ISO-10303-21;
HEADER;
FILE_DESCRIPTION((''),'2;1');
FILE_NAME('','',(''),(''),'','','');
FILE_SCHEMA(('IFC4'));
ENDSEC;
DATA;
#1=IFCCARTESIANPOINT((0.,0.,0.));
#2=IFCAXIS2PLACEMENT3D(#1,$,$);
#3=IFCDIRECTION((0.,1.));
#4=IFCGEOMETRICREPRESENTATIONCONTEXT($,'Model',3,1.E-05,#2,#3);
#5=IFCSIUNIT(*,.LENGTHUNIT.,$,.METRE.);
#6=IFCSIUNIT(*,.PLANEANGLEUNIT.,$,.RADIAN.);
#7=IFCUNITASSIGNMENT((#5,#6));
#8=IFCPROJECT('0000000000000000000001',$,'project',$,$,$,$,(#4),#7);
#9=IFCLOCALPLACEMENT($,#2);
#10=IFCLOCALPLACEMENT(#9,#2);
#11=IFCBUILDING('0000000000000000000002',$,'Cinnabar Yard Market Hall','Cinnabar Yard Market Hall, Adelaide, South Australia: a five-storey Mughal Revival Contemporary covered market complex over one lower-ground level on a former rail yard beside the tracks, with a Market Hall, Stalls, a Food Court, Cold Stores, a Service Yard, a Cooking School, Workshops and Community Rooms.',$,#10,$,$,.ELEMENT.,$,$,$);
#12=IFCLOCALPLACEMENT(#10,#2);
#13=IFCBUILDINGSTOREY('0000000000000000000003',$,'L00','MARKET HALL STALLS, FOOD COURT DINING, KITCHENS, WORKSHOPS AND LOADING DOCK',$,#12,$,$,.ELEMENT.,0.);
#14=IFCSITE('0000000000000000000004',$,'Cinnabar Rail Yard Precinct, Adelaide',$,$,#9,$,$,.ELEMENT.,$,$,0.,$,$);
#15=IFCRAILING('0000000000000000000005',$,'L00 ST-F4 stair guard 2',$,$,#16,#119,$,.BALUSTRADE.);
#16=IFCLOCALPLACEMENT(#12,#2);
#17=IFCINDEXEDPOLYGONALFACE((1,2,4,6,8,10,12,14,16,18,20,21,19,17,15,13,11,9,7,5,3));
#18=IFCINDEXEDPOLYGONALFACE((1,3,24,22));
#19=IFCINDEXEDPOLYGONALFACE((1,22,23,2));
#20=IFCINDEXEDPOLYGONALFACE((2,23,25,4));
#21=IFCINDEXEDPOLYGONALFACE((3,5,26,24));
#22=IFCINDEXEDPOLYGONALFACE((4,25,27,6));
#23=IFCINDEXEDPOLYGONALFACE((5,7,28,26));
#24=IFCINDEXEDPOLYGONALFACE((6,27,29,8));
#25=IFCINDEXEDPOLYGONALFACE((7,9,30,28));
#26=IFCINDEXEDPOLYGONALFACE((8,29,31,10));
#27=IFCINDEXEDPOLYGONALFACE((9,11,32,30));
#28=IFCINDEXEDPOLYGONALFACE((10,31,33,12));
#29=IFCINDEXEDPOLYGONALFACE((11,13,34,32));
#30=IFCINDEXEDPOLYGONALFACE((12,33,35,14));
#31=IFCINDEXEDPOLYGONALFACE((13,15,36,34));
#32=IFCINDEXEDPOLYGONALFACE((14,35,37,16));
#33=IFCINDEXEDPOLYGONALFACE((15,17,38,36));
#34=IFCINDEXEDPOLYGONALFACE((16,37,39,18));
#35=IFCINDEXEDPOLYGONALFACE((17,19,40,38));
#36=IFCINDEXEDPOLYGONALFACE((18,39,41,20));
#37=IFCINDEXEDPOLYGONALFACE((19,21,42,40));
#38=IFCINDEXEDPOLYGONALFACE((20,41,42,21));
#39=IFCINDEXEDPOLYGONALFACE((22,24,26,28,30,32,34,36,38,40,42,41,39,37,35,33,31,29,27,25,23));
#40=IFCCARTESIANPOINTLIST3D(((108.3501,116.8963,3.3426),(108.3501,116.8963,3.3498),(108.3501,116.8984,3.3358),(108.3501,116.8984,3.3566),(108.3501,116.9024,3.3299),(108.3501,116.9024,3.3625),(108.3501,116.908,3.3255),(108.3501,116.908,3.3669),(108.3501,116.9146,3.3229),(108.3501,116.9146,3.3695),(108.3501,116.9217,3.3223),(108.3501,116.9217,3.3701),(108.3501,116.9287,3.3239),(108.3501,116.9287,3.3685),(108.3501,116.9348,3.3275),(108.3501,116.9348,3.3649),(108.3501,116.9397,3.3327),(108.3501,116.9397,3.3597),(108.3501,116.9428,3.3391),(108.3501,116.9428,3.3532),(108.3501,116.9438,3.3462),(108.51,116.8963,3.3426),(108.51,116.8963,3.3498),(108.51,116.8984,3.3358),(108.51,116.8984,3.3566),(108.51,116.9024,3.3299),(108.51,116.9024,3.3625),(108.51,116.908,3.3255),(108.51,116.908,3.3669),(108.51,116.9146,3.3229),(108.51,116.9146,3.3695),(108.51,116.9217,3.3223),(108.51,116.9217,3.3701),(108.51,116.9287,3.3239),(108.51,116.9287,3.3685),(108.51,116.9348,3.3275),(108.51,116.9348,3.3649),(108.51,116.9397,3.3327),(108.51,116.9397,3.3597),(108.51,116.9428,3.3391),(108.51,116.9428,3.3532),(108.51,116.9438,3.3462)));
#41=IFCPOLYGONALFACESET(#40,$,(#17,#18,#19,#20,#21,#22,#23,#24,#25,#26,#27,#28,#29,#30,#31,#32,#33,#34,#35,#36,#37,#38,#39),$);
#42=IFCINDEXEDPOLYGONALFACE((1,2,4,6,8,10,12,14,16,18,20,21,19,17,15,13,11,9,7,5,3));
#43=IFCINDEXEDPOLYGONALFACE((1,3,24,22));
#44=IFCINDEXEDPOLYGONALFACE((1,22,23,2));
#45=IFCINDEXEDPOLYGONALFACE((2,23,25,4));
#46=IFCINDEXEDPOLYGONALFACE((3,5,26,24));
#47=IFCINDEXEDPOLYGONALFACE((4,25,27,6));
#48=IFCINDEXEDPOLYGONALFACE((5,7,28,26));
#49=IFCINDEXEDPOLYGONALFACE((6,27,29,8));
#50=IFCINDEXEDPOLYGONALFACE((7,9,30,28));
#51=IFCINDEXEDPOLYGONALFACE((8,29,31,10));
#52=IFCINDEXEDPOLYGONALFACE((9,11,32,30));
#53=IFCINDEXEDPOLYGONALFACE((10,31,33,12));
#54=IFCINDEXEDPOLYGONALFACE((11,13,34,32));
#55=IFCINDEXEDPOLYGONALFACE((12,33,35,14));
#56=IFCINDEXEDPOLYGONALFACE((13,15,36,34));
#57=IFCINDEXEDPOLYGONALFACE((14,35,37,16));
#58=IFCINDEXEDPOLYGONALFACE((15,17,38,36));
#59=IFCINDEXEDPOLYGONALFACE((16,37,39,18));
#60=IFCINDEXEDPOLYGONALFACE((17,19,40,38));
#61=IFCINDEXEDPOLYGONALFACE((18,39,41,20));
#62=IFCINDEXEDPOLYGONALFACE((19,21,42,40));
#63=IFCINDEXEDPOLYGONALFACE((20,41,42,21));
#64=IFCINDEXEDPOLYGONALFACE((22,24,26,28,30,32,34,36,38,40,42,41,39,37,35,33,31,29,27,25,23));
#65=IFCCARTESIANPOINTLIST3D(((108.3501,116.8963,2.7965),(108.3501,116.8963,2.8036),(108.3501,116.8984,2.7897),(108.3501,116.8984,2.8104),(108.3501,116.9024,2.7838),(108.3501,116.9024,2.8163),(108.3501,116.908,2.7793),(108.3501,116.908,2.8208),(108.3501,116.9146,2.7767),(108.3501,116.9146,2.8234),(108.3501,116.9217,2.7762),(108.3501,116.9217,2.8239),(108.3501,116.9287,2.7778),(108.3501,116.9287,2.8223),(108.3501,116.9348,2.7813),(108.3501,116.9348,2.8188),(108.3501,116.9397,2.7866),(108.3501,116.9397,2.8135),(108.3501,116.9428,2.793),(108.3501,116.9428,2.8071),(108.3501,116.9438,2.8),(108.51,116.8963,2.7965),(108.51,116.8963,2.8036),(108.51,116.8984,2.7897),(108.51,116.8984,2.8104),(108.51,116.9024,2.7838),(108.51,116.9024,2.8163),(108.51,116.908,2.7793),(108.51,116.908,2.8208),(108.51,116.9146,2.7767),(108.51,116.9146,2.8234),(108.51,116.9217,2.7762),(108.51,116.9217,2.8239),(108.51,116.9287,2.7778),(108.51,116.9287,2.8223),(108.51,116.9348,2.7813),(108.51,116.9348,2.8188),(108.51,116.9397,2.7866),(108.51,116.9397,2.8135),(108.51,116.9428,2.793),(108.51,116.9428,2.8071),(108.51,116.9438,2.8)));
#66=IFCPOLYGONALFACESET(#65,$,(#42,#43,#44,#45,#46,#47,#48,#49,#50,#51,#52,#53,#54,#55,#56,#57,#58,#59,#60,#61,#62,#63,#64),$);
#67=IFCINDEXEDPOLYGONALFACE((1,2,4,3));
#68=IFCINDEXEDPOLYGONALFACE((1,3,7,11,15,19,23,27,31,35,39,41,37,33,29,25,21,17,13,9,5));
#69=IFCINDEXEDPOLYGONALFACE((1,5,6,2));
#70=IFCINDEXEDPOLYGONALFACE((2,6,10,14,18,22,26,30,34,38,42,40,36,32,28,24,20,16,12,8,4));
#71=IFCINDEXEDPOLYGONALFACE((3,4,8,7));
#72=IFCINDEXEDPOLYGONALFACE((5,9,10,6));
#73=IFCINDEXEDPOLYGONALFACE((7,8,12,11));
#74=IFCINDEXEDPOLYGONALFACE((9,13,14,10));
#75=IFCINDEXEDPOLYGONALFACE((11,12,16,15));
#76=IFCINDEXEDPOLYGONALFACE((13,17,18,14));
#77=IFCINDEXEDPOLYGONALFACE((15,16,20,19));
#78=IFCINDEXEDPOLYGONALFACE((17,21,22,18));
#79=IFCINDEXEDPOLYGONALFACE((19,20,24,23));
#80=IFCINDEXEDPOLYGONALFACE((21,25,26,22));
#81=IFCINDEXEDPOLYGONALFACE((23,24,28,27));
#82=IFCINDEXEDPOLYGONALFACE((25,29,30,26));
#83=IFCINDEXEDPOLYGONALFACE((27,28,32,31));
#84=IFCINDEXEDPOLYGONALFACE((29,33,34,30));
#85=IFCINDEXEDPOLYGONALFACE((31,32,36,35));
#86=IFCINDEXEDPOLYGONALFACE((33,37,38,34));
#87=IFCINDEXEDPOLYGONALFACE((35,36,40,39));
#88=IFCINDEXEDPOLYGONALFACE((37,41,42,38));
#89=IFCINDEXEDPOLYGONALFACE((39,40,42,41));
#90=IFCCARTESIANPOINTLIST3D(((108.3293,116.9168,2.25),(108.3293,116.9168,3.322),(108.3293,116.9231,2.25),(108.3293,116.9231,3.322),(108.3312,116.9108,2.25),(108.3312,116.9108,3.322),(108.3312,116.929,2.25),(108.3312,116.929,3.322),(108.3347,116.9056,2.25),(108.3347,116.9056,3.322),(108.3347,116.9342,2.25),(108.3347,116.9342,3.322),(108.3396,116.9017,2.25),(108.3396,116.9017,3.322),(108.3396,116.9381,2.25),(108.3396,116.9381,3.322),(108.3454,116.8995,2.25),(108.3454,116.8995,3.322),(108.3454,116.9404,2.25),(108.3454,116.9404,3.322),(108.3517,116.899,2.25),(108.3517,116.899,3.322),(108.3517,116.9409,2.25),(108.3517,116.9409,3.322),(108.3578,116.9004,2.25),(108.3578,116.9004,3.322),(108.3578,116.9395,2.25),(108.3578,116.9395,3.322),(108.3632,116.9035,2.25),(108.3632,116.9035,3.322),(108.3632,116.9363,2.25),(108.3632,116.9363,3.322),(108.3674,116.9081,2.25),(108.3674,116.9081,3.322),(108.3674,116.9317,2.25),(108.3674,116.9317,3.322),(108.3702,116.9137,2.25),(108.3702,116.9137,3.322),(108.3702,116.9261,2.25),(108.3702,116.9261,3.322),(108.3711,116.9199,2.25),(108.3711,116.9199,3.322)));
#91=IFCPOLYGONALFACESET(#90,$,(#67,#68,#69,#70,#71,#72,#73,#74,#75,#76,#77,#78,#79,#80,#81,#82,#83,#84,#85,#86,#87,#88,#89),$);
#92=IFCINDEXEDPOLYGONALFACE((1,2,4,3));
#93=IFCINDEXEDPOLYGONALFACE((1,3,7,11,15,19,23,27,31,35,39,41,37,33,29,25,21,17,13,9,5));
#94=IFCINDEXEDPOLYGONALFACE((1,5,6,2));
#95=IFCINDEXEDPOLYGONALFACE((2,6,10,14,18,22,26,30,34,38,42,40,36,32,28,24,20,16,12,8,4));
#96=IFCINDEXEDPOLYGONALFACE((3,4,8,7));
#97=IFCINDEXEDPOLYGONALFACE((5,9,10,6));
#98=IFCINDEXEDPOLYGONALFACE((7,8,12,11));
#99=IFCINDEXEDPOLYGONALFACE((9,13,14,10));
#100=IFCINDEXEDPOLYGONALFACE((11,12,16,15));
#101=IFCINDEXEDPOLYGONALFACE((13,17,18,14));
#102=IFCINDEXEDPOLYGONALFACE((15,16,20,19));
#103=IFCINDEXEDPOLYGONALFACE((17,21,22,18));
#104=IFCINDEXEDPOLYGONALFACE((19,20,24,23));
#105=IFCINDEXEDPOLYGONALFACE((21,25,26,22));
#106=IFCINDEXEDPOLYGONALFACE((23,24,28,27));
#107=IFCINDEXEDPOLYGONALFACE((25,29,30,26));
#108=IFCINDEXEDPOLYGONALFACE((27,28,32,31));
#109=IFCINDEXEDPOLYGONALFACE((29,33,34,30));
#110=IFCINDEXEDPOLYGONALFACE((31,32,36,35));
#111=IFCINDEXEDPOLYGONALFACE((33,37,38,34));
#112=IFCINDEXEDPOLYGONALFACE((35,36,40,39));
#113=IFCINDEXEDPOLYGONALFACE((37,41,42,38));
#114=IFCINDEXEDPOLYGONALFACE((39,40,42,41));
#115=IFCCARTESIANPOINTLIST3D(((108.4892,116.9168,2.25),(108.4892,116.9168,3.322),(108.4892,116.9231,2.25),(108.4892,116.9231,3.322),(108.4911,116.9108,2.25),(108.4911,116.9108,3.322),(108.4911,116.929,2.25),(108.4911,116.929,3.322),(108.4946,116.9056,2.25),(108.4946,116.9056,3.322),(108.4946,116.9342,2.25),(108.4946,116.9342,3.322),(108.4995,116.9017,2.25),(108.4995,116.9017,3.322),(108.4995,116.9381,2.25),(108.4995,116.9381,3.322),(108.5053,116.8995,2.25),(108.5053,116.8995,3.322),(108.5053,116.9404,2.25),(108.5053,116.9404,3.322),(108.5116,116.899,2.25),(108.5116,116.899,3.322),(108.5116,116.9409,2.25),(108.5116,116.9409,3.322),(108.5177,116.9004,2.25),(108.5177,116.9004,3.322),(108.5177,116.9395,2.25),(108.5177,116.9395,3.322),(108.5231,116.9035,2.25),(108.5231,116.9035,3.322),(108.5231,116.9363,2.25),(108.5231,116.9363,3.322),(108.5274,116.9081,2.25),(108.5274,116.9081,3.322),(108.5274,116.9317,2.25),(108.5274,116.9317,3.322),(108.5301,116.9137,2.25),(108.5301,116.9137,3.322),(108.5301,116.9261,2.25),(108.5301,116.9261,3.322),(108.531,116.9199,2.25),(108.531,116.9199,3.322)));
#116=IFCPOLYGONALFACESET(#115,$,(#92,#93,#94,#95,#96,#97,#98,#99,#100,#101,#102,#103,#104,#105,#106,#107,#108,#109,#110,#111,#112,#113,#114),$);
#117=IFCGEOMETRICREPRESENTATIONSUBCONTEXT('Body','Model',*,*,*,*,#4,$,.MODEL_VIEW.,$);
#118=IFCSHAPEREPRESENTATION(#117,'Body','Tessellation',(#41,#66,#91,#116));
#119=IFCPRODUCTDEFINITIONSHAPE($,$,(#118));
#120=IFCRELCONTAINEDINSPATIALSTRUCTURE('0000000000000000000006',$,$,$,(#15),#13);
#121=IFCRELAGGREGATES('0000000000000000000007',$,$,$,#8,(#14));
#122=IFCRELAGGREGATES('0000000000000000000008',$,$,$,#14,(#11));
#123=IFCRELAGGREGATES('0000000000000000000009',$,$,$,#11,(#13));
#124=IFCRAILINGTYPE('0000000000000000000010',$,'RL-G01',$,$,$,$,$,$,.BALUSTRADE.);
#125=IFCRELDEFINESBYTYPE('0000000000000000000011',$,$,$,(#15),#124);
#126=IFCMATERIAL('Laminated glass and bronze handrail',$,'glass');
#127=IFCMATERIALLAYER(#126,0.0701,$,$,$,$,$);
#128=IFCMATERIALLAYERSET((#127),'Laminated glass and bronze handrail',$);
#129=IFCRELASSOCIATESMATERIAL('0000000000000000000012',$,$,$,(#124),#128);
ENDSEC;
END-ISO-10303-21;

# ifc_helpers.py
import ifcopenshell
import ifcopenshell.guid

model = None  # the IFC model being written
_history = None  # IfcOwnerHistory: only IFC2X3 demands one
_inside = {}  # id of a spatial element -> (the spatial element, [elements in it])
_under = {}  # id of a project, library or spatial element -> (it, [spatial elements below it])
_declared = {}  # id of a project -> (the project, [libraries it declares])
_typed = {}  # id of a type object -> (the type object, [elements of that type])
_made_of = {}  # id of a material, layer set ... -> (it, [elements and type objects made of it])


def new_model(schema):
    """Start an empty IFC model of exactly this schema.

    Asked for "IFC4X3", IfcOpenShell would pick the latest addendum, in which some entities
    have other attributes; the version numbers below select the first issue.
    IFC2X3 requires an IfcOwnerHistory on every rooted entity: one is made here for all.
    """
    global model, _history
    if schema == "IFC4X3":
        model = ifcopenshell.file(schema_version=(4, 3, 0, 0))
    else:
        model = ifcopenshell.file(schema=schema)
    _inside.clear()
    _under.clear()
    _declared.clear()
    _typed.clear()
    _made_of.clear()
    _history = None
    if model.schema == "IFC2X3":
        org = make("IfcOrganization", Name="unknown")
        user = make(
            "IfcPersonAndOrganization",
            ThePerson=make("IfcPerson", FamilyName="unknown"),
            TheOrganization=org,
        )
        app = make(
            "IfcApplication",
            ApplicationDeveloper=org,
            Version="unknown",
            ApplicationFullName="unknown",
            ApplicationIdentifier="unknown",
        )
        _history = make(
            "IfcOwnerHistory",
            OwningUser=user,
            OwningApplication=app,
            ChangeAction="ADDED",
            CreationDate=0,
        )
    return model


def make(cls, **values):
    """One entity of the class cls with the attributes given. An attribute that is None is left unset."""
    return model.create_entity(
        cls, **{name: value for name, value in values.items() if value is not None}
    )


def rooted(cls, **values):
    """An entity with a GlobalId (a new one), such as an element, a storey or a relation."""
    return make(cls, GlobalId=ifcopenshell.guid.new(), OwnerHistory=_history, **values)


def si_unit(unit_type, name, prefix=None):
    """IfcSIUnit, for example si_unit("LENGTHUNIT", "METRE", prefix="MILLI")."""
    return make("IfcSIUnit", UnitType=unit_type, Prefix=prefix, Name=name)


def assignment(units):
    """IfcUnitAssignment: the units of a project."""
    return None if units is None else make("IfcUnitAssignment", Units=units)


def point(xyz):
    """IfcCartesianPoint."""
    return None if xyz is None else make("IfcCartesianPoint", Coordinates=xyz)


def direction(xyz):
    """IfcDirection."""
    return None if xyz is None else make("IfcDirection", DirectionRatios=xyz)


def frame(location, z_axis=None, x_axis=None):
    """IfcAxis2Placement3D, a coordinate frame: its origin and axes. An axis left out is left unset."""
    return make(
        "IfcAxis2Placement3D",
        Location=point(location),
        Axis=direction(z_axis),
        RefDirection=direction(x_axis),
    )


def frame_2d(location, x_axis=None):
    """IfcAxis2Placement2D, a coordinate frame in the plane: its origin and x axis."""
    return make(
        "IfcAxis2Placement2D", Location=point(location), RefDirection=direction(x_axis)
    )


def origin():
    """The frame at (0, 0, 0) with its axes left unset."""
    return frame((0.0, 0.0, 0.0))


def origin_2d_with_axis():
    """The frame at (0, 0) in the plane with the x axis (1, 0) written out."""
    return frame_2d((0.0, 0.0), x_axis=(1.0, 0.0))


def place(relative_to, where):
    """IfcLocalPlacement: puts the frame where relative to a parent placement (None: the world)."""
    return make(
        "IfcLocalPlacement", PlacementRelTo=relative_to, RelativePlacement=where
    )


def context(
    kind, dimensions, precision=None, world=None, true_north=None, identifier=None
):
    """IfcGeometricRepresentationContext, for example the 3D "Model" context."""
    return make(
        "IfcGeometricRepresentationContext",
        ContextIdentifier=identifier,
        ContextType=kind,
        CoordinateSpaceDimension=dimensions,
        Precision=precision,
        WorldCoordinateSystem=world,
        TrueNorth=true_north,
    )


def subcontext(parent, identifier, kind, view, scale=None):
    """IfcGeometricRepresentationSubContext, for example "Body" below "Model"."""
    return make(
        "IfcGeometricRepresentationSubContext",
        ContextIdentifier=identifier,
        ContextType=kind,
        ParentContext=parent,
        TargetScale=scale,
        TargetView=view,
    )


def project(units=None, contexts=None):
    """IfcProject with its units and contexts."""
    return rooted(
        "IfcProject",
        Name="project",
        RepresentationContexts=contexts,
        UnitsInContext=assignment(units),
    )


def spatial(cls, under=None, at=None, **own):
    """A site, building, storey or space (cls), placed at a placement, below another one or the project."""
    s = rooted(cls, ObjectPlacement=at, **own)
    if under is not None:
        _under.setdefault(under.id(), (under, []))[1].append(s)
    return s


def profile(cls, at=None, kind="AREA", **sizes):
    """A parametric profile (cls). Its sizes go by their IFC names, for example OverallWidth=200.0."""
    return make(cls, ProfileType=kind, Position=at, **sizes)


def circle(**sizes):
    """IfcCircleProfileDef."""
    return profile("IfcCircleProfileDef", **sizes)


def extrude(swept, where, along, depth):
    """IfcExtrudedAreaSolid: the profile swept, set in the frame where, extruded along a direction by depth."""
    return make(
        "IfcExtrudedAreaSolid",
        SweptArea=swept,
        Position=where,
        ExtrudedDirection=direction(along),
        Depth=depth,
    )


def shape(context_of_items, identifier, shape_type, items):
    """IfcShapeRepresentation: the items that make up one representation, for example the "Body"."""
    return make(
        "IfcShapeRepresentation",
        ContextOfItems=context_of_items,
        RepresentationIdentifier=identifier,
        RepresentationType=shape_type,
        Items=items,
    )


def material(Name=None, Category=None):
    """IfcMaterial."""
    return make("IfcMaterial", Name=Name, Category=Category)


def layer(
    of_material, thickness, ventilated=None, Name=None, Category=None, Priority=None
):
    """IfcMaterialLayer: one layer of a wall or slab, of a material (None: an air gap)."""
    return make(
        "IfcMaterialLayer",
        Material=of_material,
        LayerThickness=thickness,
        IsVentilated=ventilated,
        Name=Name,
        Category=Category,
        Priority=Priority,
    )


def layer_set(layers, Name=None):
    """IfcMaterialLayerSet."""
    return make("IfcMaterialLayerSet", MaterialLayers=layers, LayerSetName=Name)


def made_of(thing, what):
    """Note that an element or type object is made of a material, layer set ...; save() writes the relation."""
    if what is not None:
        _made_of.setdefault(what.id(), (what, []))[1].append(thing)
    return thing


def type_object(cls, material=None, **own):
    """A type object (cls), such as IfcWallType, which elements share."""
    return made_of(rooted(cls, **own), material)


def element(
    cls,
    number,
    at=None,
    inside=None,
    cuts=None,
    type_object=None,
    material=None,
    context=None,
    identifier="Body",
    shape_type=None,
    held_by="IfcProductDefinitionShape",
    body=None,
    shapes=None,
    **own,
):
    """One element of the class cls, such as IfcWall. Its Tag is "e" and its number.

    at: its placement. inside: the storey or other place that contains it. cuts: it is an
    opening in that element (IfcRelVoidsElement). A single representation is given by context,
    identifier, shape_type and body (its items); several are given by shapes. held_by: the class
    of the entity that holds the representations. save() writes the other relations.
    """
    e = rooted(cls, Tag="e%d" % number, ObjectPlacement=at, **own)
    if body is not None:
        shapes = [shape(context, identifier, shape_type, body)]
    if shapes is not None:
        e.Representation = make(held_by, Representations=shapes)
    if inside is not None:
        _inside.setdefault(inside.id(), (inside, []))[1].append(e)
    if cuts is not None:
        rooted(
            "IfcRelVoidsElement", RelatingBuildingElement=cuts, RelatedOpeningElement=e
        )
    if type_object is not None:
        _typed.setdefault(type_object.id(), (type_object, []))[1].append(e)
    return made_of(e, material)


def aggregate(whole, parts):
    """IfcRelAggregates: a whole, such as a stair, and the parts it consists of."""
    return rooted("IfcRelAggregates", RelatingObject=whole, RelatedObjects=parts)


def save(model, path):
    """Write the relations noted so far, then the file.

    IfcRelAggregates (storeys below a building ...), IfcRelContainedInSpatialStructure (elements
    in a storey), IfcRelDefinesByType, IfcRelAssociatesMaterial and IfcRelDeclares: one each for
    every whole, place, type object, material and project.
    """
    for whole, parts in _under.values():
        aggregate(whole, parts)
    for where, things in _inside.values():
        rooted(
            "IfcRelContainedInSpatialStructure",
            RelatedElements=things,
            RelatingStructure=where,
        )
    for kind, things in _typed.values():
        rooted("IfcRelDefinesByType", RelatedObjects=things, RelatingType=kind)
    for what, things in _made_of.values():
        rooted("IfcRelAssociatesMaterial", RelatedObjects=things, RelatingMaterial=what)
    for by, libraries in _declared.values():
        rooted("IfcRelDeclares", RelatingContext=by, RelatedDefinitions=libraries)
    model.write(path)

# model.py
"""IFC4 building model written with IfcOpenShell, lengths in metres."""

from ifc_helpers import new_model, si_unit, direction, frame, origin, origin_2d_with_axis, place, context, subcontext, project, spatial, circle, extrude, material, layer, layer_set, type_object, element, save


model = new_model("IFC4")

# Units and contexts
model_context = context("Model", 3, precision=1e-05, world=origin(), true_north=direction((0.0, 1.0)))
body_context = subcontext(model_context, "Body", "Model", "MODEL_VIEW")
ifc_project = project(units=[si_unit("LENGTHUNIT", "METRE"), si_unit("PLANEANGLEUNIT", "RADIAN")], contexts=[model_context])

# Site, building, storey
site_placement = place(None, origin())
site = spatial("IfcSite", under=ifc_project, at=site_placement, Name="Cinnabar Rail Yard Precinct, Adelaide", CompositionType="ELEMENT", RefElevation=0.0)
building_placement = place(site_placement, origin())
building = spatial("IfcBuilding", under=site, at=building_placement, Name="Cinnabar Yard Market Hall", Description="Cinnabar Yard Market Hall, Adelaide, South Australia: a five-storey Mughal Revival Contemporary covered market complex over one lower-ground level on a former rail yard beside the tracks, with a Market Hall, Stalls, a Food Court, Cold Stores, a Service Yard, a Cooking School, Workshops and Community Rooms.", CompositionType="ELEMENT")
storey_placement = place(building_placement, origin())
storey = spatial("IfcBuildingStorey", under=building, at=storey_placement, Name="L00", Description="MARKET HALL STALLS, FOOD COURT DINING, KITCHENS, WORKSHOPS AND LOADING DOCK", CompositionType="ELEMENT", Elevation=0.0)

# Railing
ifc_material_1 = material(Name="Laminated glass and bronze handrail", Category="glass")
ifc_layer_1 = layer(ifc_material_1, 0.0701)
ifc_layer_set_1 = layer_set([ifc_layer_1], Name="Laminated glass and bronze handrail")
railing_type_1 = type_object("IfcRailingType", Name="RL-G01", PredefinedType="BALUSTRADE", material=ifc_layer_set_1)
railing_1_placement = place(storey_placement, frame((108.3501, 116.9199, 2.25)))
element("IfcRailing", 1, at=railing_1_placement, inside=storey, type_object=railing_type_1, Name="L00 ST-F4 stair guard 2", PredefinedType="BALUSTRADE", context=body_context, shape_type="SweptSolid", body=[
    extrude(circle(Radius=0.0239, at=origin_2d_with_axis()), frame((0.0, 0.0, 1.0962), z_axis=(1.0, 0.0, 0.0), x_axis=(0.0, 1.0, 0.0)), (0.0, 0.0, 1.0), 0.1599),
    extrude(circle(Radius=0.0239, at=origin_2d_with_axis()), frame((0.0, 0.0, 0.55), z_axis=(1.0, 0.0, 0.0), x_axis=(0.0, 1.0, 0.0)), (0.0, 0.0, 1.0), 0.1599),
    extrude(circle(Radius=0.021, at=origin_2d_with_axis()), origin(), (0.0, 0.0, 1.0), 1.072),
    extrude(circle(Radius=0.021, at=origin_2d_with_axis()), frame((0.1599, 0.0, 0.0)), (0.0, 0.0, 1.0), 1.072),
])

save(model, "model.ifc")
